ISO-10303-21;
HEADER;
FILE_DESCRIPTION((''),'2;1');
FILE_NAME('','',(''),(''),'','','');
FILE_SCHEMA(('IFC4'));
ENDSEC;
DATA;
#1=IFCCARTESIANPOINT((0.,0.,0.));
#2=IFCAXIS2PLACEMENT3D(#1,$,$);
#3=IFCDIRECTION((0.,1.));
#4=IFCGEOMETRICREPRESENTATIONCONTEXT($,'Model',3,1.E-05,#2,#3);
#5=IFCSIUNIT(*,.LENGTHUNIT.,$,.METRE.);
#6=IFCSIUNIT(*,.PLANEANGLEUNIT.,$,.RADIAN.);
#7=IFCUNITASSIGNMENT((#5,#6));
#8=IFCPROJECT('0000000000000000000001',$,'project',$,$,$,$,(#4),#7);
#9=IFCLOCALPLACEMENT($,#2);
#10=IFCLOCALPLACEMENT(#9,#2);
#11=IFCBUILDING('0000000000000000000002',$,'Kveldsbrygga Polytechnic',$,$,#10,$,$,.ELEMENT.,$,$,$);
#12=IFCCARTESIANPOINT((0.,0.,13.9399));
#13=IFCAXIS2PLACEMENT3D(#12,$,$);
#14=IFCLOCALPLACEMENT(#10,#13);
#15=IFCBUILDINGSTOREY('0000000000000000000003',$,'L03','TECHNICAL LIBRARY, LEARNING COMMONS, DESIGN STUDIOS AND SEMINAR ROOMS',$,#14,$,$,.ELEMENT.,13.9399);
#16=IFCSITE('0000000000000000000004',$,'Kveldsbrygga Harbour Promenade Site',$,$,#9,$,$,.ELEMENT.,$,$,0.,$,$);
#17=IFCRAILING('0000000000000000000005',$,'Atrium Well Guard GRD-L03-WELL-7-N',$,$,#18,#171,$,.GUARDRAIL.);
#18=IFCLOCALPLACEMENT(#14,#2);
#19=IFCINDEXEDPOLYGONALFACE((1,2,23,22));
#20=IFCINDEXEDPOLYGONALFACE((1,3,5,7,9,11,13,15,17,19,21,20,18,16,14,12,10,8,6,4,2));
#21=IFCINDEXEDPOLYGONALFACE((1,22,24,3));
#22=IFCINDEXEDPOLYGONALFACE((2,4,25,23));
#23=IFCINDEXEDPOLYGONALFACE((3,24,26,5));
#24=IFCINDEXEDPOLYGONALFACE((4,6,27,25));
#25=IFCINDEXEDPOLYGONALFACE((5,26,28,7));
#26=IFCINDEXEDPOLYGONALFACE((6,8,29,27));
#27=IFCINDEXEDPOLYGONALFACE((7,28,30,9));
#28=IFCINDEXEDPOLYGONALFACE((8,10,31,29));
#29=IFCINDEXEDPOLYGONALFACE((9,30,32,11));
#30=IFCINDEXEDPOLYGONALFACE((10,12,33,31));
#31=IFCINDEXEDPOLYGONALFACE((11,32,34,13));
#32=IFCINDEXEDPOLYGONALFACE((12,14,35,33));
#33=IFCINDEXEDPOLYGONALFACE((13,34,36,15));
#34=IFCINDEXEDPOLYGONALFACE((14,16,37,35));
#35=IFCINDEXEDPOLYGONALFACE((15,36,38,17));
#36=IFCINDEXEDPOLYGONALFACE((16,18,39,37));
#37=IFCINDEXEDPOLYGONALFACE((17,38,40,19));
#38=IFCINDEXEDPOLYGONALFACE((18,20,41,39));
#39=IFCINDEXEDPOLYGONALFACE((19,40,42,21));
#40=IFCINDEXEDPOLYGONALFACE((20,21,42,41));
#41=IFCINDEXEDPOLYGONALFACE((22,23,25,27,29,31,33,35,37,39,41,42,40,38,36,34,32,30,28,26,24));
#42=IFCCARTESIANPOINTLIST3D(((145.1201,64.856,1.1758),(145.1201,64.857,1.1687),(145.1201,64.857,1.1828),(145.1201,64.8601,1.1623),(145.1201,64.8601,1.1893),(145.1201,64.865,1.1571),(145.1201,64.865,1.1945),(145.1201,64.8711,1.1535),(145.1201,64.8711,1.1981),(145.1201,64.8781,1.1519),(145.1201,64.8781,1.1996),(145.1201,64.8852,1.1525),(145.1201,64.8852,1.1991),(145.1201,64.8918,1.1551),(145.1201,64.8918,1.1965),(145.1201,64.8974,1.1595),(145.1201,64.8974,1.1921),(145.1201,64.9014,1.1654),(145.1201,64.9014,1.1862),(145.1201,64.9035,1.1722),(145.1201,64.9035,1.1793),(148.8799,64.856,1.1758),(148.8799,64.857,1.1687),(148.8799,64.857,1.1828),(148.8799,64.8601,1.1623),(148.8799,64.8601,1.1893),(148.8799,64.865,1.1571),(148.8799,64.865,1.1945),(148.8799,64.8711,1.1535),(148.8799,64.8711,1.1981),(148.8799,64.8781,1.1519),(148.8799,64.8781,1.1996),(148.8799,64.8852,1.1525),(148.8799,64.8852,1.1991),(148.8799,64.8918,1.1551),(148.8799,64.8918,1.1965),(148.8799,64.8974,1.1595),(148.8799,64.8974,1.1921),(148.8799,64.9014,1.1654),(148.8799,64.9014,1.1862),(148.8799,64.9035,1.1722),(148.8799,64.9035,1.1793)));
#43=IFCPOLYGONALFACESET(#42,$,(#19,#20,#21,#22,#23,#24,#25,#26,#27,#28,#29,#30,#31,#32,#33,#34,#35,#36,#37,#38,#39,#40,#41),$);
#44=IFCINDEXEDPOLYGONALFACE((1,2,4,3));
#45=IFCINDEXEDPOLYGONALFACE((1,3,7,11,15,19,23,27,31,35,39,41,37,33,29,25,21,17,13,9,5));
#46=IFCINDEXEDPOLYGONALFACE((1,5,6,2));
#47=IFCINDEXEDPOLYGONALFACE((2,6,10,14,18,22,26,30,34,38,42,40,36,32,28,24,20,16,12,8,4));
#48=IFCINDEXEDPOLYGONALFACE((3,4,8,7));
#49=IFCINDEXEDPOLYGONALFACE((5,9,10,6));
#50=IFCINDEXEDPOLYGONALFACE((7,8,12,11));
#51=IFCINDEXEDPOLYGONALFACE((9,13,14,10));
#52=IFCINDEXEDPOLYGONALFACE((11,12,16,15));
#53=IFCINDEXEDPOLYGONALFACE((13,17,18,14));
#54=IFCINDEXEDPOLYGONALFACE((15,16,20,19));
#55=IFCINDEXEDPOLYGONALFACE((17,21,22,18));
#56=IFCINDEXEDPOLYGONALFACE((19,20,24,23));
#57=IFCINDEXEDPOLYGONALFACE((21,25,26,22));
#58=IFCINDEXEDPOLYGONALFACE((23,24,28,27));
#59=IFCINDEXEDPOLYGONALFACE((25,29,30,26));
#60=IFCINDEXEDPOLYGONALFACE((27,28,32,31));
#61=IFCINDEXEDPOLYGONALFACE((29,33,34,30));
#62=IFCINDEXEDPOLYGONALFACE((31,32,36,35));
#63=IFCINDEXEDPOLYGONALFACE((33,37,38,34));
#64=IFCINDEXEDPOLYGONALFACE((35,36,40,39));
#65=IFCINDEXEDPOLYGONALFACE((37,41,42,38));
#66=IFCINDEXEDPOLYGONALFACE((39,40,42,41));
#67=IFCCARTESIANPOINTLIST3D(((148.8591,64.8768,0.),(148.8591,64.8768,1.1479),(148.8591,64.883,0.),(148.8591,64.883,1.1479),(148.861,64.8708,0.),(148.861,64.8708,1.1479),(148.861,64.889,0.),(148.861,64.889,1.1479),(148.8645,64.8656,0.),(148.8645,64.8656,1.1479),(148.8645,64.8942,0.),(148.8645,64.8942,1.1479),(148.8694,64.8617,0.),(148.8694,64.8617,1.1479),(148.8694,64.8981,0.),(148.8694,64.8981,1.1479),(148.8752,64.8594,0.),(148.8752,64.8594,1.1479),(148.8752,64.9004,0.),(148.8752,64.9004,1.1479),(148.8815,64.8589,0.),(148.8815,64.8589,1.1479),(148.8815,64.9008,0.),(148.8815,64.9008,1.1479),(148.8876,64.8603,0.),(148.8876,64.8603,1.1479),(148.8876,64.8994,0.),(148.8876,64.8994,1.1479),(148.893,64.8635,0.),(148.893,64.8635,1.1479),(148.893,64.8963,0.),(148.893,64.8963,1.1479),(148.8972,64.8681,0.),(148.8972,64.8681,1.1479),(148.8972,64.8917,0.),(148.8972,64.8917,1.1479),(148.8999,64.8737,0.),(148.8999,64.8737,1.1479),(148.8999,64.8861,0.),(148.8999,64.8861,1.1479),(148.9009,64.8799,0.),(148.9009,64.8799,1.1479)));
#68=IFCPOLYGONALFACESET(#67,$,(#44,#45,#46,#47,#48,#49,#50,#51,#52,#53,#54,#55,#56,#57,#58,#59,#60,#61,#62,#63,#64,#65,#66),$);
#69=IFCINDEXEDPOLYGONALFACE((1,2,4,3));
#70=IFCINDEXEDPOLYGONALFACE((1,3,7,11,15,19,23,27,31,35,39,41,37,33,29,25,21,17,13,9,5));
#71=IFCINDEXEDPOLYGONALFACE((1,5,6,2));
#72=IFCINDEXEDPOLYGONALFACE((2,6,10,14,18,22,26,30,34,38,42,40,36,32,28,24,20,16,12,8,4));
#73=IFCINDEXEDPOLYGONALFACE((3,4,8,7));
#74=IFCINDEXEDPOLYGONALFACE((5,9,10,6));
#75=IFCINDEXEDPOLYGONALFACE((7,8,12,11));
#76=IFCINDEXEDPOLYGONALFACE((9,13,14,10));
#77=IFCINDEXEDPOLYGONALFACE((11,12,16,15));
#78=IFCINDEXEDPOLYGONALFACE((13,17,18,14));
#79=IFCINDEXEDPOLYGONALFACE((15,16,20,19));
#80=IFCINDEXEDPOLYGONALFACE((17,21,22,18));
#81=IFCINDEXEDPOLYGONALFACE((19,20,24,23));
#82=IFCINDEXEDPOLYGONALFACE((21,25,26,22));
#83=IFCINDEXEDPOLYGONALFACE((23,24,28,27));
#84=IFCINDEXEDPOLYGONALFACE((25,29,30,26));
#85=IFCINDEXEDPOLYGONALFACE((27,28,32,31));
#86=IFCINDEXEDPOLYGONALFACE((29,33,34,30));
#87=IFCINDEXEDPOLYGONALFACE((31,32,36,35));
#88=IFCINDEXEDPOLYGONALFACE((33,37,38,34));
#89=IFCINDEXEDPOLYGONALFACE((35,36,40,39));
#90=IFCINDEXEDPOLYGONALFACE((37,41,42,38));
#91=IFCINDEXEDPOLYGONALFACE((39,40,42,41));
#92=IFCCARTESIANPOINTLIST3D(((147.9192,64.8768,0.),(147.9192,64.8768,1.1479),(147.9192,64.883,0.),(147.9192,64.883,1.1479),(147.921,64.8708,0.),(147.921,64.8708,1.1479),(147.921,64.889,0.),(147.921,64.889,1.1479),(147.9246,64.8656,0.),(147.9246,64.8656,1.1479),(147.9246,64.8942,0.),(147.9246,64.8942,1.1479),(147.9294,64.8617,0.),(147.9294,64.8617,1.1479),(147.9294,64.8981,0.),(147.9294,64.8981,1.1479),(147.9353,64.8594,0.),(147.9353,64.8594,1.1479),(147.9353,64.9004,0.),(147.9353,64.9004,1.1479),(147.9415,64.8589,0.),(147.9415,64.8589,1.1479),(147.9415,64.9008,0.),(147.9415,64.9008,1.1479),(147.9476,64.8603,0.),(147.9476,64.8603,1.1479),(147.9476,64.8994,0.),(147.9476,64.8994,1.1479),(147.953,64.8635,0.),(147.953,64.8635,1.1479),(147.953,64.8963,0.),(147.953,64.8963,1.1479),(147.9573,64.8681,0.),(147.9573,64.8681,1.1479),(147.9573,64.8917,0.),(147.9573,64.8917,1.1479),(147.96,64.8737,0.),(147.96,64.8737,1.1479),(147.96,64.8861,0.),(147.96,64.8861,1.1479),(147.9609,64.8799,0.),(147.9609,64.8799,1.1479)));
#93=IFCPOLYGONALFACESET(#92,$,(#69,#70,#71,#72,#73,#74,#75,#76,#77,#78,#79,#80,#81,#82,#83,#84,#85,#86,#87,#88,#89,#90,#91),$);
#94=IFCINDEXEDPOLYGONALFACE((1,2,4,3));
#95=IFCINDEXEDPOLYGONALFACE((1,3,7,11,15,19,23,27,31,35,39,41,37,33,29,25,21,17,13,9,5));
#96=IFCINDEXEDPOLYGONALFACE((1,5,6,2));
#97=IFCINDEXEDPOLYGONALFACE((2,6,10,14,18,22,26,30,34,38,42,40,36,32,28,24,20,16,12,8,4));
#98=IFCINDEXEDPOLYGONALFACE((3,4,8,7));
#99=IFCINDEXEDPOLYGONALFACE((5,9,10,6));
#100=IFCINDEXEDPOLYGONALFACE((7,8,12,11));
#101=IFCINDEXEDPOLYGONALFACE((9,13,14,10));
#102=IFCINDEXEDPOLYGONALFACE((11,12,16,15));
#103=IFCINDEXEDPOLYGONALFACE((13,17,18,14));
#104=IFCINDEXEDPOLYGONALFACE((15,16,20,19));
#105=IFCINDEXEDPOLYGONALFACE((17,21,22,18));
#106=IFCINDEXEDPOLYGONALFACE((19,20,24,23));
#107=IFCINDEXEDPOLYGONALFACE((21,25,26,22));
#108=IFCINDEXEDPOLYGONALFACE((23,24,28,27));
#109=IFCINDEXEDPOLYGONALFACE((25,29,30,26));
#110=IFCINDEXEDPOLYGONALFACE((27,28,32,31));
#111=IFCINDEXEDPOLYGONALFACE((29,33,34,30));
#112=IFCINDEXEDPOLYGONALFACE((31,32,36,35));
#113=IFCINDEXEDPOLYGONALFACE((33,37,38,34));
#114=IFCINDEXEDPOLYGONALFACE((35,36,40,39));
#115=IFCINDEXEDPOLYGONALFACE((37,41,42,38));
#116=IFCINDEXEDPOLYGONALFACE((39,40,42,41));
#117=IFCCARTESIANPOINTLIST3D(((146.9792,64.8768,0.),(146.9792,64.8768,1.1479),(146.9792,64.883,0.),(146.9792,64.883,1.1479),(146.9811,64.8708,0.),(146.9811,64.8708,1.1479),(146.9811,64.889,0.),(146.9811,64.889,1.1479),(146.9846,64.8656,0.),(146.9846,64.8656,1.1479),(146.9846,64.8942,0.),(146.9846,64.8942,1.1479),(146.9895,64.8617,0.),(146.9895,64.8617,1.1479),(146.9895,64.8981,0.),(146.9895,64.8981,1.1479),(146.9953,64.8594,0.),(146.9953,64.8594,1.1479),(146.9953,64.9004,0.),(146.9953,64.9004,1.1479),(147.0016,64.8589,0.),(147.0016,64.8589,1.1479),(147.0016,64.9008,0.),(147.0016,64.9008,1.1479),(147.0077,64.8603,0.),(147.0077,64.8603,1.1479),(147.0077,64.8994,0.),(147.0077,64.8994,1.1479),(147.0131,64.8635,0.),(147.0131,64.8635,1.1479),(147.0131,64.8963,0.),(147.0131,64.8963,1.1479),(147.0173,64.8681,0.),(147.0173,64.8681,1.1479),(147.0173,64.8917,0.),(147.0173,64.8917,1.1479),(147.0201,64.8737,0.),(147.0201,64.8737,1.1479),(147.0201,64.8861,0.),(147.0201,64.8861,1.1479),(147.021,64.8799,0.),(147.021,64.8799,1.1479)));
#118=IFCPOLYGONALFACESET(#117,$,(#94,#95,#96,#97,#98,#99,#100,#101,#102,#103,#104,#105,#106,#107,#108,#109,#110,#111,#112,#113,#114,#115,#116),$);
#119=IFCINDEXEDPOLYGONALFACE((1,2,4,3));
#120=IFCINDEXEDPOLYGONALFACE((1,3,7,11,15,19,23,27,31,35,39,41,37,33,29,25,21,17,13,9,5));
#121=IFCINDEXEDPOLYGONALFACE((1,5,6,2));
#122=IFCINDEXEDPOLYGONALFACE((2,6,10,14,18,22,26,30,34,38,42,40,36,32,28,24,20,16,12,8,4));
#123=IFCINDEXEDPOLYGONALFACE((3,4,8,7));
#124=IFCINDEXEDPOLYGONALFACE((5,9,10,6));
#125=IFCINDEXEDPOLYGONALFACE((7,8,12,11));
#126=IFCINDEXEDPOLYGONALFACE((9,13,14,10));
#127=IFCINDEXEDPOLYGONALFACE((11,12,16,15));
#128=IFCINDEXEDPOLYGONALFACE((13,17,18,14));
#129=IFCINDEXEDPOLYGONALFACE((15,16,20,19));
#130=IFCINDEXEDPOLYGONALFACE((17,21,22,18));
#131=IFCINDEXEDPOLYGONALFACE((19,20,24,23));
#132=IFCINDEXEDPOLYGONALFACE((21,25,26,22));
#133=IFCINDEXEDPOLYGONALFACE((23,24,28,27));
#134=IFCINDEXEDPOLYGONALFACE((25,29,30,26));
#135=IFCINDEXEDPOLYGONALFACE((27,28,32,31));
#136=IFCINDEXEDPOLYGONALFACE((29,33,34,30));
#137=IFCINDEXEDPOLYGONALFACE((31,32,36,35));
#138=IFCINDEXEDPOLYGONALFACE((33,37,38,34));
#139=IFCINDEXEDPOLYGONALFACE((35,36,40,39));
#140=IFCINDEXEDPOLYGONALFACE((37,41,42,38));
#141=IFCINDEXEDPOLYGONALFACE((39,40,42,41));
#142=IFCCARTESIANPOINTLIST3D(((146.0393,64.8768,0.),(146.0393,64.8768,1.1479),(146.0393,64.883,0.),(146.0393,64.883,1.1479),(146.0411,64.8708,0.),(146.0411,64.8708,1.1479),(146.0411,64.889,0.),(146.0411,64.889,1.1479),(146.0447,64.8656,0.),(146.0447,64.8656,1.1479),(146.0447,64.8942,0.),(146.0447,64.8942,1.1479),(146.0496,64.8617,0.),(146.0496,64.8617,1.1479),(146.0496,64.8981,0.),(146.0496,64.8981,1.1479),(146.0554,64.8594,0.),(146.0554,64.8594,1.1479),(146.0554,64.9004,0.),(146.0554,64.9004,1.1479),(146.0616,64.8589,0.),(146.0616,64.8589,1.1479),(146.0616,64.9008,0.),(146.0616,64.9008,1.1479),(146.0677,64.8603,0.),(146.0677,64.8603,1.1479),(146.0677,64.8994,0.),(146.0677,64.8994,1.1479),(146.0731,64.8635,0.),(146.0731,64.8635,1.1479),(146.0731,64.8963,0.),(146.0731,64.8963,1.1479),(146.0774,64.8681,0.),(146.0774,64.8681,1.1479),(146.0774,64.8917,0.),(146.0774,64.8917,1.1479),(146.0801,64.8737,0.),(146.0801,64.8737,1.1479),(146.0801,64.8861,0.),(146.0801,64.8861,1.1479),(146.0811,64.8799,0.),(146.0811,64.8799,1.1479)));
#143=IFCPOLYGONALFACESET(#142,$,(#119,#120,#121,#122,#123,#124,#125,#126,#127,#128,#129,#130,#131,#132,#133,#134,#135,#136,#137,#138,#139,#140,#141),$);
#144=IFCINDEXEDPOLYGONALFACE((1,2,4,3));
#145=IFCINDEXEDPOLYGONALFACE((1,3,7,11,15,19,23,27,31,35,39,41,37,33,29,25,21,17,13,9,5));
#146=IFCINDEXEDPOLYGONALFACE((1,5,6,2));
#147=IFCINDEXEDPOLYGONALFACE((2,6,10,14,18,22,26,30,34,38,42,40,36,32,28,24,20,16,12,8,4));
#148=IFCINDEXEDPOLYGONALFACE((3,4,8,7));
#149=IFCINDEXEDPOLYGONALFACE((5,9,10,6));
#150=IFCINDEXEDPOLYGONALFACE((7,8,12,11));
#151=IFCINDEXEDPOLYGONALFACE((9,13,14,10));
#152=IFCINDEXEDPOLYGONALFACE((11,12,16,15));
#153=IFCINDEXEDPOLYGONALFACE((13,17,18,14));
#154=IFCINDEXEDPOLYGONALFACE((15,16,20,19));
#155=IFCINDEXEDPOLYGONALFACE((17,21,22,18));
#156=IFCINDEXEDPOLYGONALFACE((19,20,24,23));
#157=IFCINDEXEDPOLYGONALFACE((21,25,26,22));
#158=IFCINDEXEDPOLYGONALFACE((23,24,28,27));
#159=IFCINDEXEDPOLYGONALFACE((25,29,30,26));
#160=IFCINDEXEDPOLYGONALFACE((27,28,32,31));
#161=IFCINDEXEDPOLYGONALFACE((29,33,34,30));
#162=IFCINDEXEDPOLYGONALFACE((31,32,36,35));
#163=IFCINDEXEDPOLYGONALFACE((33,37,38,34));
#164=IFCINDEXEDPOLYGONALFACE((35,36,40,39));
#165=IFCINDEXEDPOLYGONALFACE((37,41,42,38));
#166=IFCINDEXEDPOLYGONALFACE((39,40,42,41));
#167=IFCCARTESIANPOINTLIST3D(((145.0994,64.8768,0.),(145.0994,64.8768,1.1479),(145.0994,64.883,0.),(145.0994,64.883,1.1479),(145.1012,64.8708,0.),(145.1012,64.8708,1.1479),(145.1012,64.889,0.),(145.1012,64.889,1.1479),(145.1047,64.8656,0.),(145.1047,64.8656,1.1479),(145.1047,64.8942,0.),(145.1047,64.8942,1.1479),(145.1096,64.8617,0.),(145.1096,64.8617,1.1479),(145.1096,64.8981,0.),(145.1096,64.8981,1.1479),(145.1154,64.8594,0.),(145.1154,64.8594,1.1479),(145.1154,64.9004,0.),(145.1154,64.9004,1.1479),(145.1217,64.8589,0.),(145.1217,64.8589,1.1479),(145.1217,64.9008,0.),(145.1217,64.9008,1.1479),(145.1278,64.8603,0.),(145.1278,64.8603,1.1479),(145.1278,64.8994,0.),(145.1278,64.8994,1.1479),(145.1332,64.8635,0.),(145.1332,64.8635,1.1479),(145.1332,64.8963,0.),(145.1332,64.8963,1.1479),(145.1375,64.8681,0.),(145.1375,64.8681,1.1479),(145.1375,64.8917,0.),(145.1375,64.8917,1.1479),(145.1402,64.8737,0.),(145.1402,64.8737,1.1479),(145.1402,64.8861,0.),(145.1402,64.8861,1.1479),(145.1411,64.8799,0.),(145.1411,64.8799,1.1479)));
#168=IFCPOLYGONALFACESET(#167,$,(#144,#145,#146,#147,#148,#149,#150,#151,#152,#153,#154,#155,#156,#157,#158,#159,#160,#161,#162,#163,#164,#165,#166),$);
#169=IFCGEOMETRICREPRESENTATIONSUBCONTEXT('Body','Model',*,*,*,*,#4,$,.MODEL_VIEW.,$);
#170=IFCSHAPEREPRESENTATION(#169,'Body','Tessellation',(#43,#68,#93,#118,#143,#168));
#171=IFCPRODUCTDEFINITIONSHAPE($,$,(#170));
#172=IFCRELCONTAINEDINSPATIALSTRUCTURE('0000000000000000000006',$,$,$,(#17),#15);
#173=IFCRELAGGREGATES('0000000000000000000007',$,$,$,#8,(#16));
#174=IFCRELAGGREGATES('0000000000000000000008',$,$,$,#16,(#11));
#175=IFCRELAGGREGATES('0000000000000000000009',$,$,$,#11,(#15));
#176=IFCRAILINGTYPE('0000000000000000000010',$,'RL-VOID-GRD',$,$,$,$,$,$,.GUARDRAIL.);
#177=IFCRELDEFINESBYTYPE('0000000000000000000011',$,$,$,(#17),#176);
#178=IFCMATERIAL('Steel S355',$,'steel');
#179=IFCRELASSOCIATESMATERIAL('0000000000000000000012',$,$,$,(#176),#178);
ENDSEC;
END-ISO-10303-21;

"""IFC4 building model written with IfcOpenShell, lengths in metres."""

from ifc_helpers import new_model, si_unit, direction, frame, origin, origin_2d, place, context, subcontext, project, spatial, circle, extrude, material, type_object, element, save


model = new_model("IFC4")

# Units and contexts
model_context = context("Model", 3, precision=1e-05, world=origin(), true_north=direction((0.0, 1.0)))
body_context = subcontext(model_context, "Body", "Model", "MODEL_VIEW")
ifc_project = project(units=[si_unit("LENGTHUNIT", "METRE"), si_unit("PLANEANGLEUNIT", "RADIAN")], contexts=[model_context])

# Site, building, storey
site_placement = place(None, origin())
site = spatial("IfcSite", under=ifc_project, at=site_placement, Name="Kveldsbrygga Harbour Promenade Site", CompositionType="ELEMENT", RefElevation=0.0)
building_placement = place(site_placement, origin())
building = spatial("IfcBuilding", under=site, at=building_placement, Name="Kveldsbrygga Polytechnic", CompositionType="ELEMENT")
storey_placement = place(building_placement, frame((0.0, 0.0, 13.9399)))
storey = spatial("IfcBuildingStorey", under=building, at=storey_placement, Name="L03", Description="TECHNICAL LIBRARY, LEARNING COMMONS, DESIGN STUDIOS AND SEMINAR ROOMS", CompositionType="ELEMENT", Elevation=13.9399)

# Shared definitions
ifc_material_1 = material(Name="Steel S355", Category="steel")

# Railing
railing_type = type_object("IfcRailingType", Name="RL-VOID-GRD", PredefinedType="GUARDRAIL", material=ifc_material_1)
railing_1_placement = place(storey_placement, frame((148.8799, 64.8799, 0.0)))
element("IfcRailing", 1, at=railing_1_placement, inside=storey, type_object=railing_type, Name="Atrium Well Guard GRD-L03-WELL-7-N", PredefinedType="GUARDRAIL", context=body_context, shape_type="SweptSolid", body=[
    extrude(circle(Radius=0.0239, at=origin_2d()), frame((0.0, 0.0, 1.1758), z_axis=(-1.0, 0.0, 0.0), x_axis=(0.0, -1.0, 0.0)), (0.0, 0.0, 1.0), 3.7598),
    extrude(circle(Radius=0.021, at=origin_2d()), origin(), (0.0, 0.0, 1.0), 1.1479),
    extrude(circle(Radius=0.021, at=origin_2d()), frame((-0.9399, 0.0, 0.0)), (0.0, 0.0, 1.0), 1.1479),
    extrude(circle(Radius=0.021, at=origin_2d()), frame((-1.8799, 0.0, 0.0)), (0.0, 0.0, 1.0), 1.1479),
    extrude(circle(Radius=0.021, at=origin_2d()), frame((-2.8198, 0.0, 0.0)), (0.0, 0.0, 1.0), 1.1479),
    extrude(circle(Radius=0.021, at=origin_2d()), frame((-3.7598, 0.0, 0.0)), (0.0, 0.0, 1.0), 1.1479),
])

save(model, "model.ifc")
